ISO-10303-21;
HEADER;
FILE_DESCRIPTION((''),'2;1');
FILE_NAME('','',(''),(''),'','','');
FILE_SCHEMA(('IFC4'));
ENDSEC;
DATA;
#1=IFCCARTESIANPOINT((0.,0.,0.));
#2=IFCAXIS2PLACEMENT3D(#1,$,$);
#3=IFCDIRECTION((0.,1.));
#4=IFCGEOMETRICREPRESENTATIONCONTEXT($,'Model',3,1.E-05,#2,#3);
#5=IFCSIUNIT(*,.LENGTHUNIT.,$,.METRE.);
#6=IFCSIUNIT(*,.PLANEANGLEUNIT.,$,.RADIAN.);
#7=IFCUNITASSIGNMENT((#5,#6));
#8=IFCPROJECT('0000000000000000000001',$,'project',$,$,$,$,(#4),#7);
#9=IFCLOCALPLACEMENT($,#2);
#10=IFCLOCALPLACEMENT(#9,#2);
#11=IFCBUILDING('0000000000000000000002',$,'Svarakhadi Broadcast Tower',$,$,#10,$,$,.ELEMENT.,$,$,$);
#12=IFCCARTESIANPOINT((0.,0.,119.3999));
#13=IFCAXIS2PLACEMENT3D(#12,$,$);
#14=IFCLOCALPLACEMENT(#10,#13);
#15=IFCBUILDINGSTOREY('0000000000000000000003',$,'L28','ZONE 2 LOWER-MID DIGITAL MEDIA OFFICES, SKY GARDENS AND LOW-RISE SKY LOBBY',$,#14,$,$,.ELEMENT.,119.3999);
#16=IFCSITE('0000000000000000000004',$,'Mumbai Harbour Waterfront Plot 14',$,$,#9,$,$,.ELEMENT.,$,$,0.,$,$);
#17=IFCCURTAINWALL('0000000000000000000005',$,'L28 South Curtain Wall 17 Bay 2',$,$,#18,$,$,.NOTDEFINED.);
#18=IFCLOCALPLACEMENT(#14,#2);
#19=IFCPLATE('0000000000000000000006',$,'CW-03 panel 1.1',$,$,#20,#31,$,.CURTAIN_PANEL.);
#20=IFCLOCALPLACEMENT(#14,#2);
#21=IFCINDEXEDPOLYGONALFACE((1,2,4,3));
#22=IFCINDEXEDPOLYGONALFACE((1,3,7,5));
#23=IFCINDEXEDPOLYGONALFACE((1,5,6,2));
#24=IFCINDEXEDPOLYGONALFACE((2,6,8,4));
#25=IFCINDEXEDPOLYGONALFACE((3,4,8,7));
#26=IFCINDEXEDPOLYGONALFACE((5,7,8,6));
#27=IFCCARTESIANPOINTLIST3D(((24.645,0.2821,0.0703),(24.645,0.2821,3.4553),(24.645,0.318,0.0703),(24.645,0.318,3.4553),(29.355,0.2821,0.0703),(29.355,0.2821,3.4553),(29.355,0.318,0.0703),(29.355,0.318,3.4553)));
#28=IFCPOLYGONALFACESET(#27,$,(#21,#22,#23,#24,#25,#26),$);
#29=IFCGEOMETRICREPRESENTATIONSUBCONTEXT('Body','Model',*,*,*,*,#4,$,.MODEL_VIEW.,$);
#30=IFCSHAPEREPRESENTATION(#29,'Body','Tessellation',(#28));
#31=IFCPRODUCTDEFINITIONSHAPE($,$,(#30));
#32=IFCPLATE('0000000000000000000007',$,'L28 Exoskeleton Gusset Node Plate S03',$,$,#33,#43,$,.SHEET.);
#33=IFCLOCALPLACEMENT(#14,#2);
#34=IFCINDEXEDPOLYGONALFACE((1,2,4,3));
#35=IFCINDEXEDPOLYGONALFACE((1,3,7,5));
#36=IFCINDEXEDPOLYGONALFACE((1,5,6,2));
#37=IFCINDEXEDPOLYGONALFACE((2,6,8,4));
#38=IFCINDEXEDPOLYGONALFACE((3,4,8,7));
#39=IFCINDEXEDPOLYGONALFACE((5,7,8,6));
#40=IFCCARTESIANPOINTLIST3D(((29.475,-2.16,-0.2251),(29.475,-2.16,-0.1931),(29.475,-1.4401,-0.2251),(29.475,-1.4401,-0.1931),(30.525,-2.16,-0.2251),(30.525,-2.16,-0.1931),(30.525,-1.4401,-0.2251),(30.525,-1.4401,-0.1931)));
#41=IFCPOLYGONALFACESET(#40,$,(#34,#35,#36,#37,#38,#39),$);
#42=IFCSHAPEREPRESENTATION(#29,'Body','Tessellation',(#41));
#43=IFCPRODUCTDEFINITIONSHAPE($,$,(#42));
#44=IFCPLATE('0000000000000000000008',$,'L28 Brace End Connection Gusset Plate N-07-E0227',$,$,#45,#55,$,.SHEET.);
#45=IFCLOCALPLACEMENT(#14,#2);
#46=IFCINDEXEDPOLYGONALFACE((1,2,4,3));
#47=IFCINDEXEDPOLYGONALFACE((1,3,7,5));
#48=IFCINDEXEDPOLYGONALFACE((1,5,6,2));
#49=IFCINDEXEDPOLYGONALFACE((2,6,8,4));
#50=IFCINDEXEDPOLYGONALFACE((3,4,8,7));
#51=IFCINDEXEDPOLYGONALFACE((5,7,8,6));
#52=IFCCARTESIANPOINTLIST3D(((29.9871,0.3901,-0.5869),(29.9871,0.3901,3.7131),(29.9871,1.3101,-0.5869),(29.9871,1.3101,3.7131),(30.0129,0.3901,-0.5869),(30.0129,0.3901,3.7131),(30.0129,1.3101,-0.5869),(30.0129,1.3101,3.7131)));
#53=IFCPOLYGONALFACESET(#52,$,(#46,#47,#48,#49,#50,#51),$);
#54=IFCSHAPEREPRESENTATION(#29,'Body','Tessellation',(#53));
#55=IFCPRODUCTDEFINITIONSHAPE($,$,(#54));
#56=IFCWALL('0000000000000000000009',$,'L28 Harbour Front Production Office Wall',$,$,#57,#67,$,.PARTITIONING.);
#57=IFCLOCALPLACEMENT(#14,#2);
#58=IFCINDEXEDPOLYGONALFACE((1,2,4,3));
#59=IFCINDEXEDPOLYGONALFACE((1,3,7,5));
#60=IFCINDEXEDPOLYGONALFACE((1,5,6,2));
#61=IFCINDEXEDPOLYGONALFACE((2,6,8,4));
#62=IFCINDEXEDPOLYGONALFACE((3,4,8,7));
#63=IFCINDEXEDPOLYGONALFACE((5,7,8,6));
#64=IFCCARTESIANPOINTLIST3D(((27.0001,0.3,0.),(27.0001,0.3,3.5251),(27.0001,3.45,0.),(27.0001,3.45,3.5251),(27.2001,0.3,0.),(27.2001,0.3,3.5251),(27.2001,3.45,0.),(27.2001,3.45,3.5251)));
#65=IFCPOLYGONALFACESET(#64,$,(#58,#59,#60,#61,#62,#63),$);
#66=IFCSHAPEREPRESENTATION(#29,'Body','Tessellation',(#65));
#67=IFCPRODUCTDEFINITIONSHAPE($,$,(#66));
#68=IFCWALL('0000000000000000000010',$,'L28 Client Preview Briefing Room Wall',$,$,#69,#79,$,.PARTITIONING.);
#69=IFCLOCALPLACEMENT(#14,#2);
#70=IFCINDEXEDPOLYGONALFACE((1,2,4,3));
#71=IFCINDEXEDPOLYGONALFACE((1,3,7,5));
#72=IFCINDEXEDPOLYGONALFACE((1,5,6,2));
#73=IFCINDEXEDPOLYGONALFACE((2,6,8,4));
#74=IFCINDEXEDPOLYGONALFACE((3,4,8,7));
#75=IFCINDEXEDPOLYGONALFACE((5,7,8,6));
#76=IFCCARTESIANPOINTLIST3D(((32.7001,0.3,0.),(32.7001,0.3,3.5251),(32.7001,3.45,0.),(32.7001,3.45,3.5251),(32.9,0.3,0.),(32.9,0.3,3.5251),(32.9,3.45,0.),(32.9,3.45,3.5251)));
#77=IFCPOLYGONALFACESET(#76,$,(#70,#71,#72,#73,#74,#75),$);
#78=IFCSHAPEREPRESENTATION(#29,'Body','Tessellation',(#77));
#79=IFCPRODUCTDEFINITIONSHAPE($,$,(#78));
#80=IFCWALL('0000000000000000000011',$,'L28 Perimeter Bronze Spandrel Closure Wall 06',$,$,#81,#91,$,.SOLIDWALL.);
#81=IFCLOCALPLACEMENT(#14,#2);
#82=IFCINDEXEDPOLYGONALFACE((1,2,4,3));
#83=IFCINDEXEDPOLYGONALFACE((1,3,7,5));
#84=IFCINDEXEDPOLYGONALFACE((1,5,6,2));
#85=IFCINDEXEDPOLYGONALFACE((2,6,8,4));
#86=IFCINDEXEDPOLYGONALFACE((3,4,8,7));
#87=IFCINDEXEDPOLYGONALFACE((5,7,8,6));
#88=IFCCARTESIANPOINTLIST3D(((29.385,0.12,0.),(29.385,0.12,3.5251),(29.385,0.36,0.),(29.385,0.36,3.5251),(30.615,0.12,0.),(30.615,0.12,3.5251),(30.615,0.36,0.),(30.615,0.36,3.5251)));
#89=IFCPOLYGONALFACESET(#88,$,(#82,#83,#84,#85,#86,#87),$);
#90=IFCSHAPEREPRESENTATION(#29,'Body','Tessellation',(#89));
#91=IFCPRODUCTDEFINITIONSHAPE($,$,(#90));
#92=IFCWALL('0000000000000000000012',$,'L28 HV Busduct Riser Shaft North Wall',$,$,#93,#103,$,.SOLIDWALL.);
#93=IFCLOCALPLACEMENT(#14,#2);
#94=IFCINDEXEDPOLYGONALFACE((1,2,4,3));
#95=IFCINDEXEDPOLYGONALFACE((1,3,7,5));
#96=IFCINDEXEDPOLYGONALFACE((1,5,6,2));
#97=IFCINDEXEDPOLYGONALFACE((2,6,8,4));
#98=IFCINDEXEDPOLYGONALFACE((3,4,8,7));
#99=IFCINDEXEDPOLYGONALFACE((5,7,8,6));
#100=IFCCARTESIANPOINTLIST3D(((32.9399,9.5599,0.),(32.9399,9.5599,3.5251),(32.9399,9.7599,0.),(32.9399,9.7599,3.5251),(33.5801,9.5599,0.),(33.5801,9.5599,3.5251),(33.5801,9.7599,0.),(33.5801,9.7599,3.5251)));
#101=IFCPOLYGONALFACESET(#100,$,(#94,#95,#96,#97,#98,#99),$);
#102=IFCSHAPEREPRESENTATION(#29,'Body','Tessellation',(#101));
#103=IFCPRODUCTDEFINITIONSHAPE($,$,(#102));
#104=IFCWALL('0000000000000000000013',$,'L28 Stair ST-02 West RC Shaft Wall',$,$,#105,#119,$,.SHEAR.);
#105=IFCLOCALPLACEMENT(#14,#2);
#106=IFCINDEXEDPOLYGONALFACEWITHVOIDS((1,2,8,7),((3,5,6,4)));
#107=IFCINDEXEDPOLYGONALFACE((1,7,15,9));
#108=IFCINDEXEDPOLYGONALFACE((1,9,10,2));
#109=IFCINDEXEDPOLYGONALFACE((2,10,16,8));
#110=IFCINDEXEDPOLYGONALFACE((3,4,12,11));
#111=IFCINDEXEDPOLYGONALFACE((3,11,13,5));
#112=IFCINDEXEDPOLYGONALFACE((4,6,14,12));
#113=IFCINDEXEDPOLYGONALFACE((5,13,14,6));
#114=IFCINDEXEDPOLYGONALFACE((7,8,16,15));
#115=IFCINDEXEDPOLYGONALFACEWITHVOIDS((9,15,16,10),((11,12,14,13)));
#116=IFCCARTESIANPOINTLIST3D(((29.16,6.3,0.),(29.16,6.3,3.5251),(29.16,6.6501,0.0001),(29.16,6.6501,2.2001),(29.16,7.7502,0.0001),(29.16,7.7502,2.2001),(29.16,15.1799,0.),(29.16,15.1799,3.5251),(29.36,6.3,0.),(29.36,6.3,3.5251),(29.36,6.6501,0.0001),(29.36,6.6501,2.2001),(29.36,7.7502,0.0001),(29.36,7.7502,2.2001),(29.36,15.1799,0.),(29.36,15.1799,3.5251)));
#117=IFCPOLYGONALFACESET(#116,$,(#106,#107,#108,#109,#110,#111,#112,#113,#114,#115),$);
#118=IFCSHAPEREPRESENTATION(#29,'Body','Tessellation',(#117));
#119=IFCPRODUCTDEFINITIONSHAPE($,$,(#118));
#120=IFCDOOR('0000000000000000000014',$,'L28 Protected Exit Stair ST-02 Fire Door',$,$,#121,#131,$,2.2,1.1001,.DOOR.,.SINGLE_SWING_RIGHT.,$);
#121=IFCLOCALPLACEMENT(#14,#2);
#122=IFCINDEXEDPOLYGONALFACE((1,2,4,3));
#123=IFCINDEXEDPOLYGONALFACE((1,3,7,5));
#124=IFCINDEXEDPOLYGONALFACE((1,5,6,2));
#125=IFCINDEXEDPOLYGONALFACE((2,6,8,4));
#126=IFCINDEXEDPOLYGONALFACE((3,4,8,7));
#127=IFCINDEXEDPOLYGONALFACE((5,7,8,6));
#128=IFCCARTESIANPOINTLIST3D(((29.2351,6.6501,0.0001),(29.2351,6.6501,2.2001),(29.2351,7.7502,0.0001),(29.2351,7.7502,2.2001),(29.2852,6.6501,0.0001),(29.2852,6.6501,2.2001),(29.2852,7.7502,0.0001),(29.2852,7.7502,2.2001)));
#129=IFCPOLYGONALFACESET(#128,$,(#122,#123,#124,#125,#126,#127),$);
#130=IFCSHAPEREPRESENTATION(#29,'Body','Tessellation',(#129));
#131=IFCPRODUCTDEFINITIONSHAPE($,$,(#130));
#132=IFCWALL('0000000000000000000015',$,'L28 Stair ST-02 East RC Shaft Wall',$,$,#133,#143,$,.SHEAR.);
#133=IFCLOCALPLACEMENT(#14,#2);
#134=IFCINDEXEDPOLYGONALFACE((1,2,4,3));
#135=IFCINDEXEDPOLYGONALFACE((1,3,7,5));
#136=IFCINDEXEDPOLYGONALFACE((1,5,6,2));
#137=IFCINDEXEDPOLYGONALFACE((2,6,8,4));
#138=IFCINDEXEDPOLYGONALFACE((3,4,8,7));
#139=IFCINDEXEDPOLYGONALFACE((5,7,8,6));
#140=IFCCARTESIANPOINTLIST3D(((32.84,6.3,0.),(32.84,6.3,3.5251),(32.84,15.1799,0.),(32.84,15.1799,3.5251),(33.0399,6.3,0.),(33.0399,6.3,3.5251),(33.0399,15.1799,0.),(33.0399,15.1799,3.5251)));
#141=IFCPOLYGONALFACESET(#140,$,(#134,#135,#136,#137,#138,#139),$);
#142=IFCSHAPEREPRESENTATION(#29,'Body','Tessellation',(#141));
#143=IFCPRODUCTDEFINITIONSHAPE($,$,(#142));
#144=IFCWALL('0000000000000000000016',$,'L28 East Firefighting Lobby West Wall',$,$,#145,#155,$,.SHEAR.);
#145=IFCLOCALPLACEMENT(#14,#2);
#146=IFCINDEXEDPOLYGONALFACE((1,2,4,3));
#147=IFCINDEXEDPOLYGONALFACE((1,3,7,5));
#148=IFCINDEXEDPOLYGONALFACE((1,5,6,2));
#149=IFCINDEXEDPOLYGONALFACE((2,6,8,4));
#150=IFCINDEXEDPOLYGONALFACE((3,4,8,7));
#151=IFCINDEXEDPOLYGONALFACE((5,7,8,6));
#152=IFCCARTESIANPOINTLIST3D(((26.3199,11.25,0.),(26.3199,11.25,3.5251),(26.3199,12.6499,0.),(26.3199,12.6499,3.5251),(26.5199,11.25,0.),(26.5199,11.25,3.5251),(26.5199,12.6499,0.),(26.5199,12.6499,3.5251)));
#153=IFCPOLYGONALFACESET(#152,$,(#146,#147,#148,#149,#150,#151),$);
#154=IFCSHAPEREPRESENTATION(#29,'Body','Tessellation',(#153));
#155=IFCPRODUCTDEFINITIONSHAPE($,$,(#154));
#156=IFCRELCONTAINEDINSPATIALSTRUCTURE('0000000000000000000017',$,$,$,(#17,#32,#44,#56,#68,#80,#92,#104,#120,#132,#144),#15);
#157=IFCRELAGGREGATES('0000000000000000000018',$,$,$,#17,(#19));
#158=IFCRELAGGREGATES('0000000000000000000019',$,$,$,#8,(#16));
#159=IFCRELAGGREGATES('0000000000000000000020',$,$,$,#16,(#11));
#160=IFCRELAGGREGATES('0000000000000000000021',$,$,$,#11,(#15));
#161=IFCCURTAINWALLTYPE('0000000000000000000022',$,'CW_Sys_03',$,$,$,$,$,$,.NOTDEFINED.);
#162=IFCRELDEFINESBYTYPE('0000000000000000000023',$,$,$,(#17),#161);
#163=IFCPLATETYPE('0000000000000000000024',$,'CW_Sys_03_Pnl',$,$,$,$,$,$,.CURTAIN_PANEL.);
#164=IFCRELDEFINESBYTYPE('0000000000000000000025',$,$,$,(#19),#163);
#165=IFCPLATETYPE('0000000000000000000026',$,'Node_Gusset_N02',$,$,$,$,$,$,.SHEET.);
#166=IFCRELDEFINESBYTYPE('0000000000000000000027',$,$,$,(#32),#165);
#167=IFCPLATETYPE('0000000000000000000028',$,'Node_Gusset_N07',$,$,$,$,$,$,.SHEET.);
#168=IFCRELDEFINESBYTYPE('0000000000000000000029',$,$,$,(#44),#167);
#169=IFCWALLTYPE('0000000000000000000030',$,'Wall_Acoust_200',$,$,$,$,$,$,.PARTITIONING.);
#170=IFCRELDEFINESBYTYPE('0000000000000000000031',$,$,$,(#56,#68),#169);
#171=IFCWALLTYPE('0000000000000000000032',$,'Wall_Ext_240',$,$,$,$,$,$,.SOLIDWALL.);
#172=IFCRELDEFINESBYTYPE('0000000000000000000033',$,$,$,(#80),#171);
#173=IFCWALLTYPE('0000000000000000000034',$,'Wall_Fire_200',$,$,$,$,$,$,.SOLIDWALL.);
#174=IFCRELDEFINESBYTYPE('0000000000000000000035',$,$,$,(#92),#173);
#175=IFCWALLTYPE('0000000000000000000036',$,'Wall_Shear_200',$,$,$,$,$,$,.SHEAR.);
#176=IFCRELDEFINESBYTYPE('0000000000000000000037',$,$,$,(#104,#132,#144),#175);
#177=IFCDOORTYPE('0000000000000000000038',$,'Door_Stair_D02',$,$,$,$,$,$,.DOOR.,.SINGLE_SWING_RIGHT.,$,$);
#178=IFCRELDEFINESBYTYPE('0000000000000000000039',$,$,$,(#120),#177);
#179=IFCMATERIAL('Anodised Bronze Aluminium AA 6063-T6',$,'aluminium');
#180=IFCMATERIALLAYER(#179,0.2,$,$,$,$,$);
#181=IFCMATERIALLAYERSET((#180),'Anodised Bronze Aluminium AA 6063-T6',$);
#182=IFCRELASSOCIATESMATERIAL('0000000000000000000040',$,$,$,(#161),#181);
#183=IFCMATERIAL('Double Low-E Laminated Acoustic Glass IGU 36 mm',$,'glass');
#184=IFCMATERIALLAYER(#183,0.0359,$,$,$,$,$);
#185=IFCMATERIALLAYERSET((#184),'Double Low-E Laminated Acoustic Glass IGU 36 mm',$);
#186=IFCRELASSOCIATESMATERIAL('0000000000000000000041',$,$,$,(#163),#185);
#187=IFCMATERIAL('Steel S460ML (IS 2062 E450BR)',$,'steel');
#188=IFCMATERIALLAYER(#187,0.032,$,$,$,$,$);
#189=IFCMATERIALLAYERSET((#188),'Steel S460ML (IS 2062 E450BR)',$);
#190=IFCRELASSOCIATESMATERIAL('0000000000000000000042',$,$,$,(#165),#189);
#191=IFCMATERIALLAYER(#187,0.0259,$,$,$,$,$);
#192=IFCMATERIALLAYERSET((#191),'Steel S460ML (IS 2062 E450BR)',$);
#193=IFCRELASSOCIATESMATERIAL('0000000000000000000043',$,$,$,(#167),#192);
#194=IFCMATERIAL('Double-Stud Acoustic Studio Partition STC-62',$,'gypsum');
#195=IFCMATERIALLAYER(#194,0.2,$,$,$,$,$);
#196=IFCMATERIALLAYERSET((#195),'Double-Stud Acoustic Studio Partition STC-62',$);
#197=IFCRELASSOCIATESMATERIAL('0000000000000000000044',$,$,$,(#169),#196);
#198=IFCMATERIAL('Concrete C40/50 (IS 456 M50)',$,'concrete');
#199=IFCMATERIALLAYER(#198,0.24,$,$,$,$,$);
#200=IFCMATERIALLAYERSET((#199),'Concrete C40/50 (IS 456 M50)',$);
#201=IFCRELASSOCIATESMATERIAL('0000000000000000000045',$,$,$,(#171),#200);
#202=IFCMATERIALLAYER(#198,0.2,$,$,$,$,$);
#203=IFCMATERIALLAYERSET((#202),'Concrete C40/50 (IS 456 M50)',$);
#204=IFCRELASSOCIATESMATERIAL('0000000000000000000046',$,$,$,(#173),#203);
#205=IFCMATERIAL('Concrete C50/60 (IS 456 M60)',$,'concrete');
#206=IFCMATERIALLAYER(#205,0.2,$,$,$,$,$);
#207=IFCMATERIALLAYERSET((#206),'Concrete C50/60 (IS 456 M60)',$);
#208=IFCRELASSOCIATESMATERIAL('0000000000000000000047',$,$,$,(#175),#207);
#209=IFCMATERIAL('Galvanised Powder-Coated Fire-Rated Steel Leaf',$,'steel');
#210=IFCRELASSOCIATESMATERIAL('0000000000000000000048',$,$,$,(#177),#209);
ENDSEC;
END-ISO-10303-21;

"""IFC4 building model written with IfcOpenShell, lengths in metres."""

from ifc_helpers import new_model, si_unit, direction, frame, frame_2d, origin, origin_2d, place, context, subcontext, project, spatial, rectangle, extrude, material, layer, layer_set, type_object, element, fill, aggregate, save


model = new_model("IFC4")

# Units and contexts
model_context = context("Model", 3, precision=1e-05, world=origin(), true_north=direction((0.0, 1.0)))
body_context = subcontext(model_context, "Body", "Model", "MODEL_VIEW")
ifc_project = project(units=[si_unit("LENGTHUNIT", "METRE"), si_unit("PLANEANGLEUNIT", "RADIAN")], contexts=[model_context])

# Site, building, storey
site_placement = place(None, origin())
site = spatial("IfcSite", under=ifc_project, at=site_placement, Name="Mumbai Harbour Waterfront Plot 14", CompositionType="ELEMENT", RefElevation=0.0)
building_placement = place(site_placement, origin())
building = spatial("IfcBuilding", under=site, at=building_placement, Name="Svarakhadi Broadcast Tower", CompositionType="ELEMENT")
storey_placement = place(building_placement, frame((0.0, 0.0, 119.3999)))
storey = spatial("IfcBuildingStorey", under=building, at=storey_placement, Name="L28", Description="ZONE 2 LOWER-MID DIGITAL MEDIA OFFICES, SKY GARDENS AND LOW-RISE SKY LOBBY", CompositionType="ELEMENT", Elevation=119.3999)

# Shared definitions
ifc_material_1 = material(Name="Concrete C50/60 (IS 456 M60)", Category="concrete")

# Shared definitions
ifc_material_2 = material(Name="Anodised Bronze Aluminium AA 6063-T6", Category="aluminium")
ifc_layer_1 = layer(ifc_material_2, 0.2)
ifc_layer_set_1 = layer_set([ifc_layer_1], Name="Anodised Bronze Aluminium AA 6063-T6")
curtain_wall_type = type_object("IfcCurtainWallType", Name="CW_Sys_03", PredefinedType="NOTDEFINED", material=ifc_layer_set_1)

# Curtain wall
curtain_wall_1_placement = place(storey_placement, origin())
curtain_wall_1 = element("IfcCurtainWall", 1, at=curtain_wall_1_placement, inside=storey, type_object=curtain_wall_type, Name="L28 South Curtain Wall 17 Bay 2", PredefinedType="NOTDEFINED")

# Shared definitions
ifc_material_3 = material(Name="Steel S460ML (IS 2062 E450BR)", Category="steel")

# Plate
ifc_material_4 = material(Name="Double Low-E Laminated Acoustic Glass IGU 36 mm", Category="glass")
ifc_layer_2 = layer(ifc_material_4, 0.0359)
ifc_layer_set_2 = layer_set([ifc_layer_2], Name="Double Low-E Laminated Acoustic Glass IGU 36 mm")
plate_type_1 = type_object("IfcPlateType", Name="CW_Sys_03_Pnl", PredefinedType="CURTAIN_PANEL", material=ifc_layer_set_2)
plate_1_placement = place(storey_placement, frame((27.0, 0.3, 0.0703), z_axis=(0.0, 0.0, 1.0), x_axis=(-1.0, 0.0, 0.0)))
plate_1 = element("IfcPlate", 2, at=plate_1_placement, type_object=plate_type_1, Name="CW-03 panel 1.1", PredefinedType="CURTAIN_PANEL", context=body_context, shape_type="SweptSolid", body=[
    extrude(rectangle(XDim=4.71, YDim=0.0359, at=origin_2d()), origin(), (0.0, 0.0, 1.0), 3.385),
])
aggregate(curtain_wall_1, [plate_1])

# Plates
ifc_layer_3 = layer(ifc_material_3, 0.032)
ifc_layer_set_3 = layer_set([ifc_layer_3], Name="Steel S460ML (IS 2062 E450BR)")
plate_type_2 = type_object("IfcPlateType", Name="Node_Gusset_N02", PredefinedType="SHEET", material=ifc_layer_set_3)
plate_2_placement = place(storey_placement, frame((30.0, -1.8, -0.2251), z_axis=(0.0, 0.0, 1.0), x_axis=(1.0, 0.0, 0.0)))
element("IfcPlate", 3, at=plate_2_placement, inside=storey, type_object=plate_type_2, Name="L28 Exoskeleton Gusset Node Plate S03", PredefinedType="SHEET", context=body_context, shape_type="SweptSolid", body=[
    extrude(rectangle(XDim=1.05, YDim=0.72, at=origin_2d()), origin(), (0.0, 0.0, 1.0), 0.032),
])
ifc_layer_4 = layer(ifc_material_3, 0.0259)
ifc_layer_set_4 = layer_set([ifc_layer_4], Name="Steel S460ML (IS 2062 E450BR)")
plate_type_3 = type_object("IfcPlateType", Name="Node_Gusset_N07", PredefinedType="SHEET", material=ifc_layer_set_4)
plate_3_placement = place(storey_placement, frame((30.0, 0.8501, -0.5869), z_axis=(0.0, 0.0, 1.0), x_axis=(0.0, 1.0, 0.0)))
element("IfcPlate", 4, at=plate_3_placement, inside=storey, type_object=plate_type_3, Name="L28 Brace End Connection Gusset Plate N-07-E0227", PredefinedType="SHEET", context=body_context, shape_type="SweptSolid", body=[
    extrude(rectangle(XDim=0.9199, YDim=0.0259, at=origin_2d()), origin(), (0.0, 0.0, 1.0), 4.3),
])

# Walls
ifc_material_5 = material(Name="Double-Stud Acoustic Studio Partition STC-62", Category="gypsum")
ifc_layer_5 = layer(ifc_material_5, 0.2)
ifc_layer_set_5 = layer_set([ifc_layer_5], Name="Double-Stud Acoustic Studio Partition STC-62")
wall_type_1 = type_object("IfcWallType", Name="Wall_Acoust_200", PredefinedType="PARTITIONING", material=ifc_layer_set_5)
for number, where, z_axis, x_axis, name in (
    (5, (27.1001, 0.3, 0.0), (0.0, 0.0, 1.0), (0.0, 1.0, 0.0), "L28 Harbour Front Production Office Wall"),
    (6, (32.8, 0.3, 0.0), (0.0, 0.0, 1.0), (0.0, 1.0, 0.0), "L28 Client Preview Briefing Room Wall"),
):
    element("IfcWall", number, at=place(storey_placement, frame(where, z_axis=z_axis, x_axis=x_axis)), inside=storey, type_object=wall_type_1, Name=name, PredefinedType="PARTITIONING", context=body_context, shape_type="SweptSolid", body=[
        extrude(rectangle(XDim=3.1499, YDim=0.2, at=frame_2d((1.575, 0.0))), origin(), (0.0, 0.0, 1.0), 3.5251),
    ])
ifc_material_6 = material(Name="Concrete C40/50 (IS 456 M50)", Category="concrete")
ifc_layer_6 = layer(ifc_material_6, 0.24)
ifc_layer_set_6 = layer_set([ifc_layer_6], Name="Concrete C40/50 (IS 456 M50)")
wall_type_2 = type_object("IfcWallType", Name="Wall_Ext_240", PredefinedType="SOLIDWALL", material=ifc_layer_set_6)
wall_1_placement = place(storey_placement, frame((30.615, 0.24, 0.0), z_axis=(0.0, 0.0, 1.0), x_axis=(-1.0, 0.0, 0.0)))
element("IfcWall", 7, at=wall_1_placement, inside=storey, type_object=wall_type_2, Name="L28 Perimeter Bronze Spandrel Closure Wall 06", PredefinedType="SOLIDWALL", context=body_context, shape_type="SweptSolid", body=[
    extrude(rectangle(XDim=1.23, YDim=0.24, at=frame_2d((0.615, 0.0))), origin(), (0.0, 0.0, 1.0), 3.5251),
])
ifc_layer_7 = layer(ifc_material_6, 0.2)
ifc_layer_set_7 = layer_set([ifc_layer_7], Name="Concrete C40/50 (IS 456 M50)")
wall_type_3 = type_object("IfcWallType", Name="Wall_Fire_200", PredefinedType="SOLIDWALL", material=ifc_layer_set_7)
wall_2_placement = place(storey_placement, frame((32.9399, 9.6599, 0.0), z_axis=(0.0, 0.0, 1.0), x_axis=(1.0, 0.0, 0.0)))
element("IfcWall", 8, at=wall_2_placement, inside=storey, type_object=wall_type_3, Name="L28 HV Busduct Riser Shaft North Wall", PredefinedType="SOLIDWALL", context=body_context, shape_type="SweptSolid", body=[
    extrude(rectangle(XDim=0.6401, YDim=0.2, at=frame_2d((0.3201, 0.0))), origin(), (0.0, 0.0, 1.0), 3.5251),
])

# Wall, opening, door
ifc_layer_8 = layer(ifc_material_1, 0.2)
ifc_layer_set_8 = layer_set([ifc_layer_8], Name="Concrete C50/60 (IS 456 M60)")
wall_type_4 = type_object("IfcWallType", Name="Wall_Shear_200", PredefinedType="SHEAR", material=ifc_layer_set_8)
wall_3_placement = place(storey_placement, frame((29.26, 6.3, 0.0), z_axis=(0.0, 0.0, 1.0), x_axis=(0.0, 1.0, 0.0)))
wall_3 = element("IfcWall", 9, at=wall_3_placement, inside=storey, type_object=wall_type_4, Name="L28 Stair ST-02 West RC Shaft Wall", PredefinedType="SHEAR", context=body_context, shape_type="SweptSolid", body=[
    extrude(rectangle(XDim=8.8799, YDim=0.2, at=frame_2d((4.4399, 0.0))), origin(), (0.0, 0.0, 1.0), 3.5251),
])
opening_placement = place(wall_3_placement, frame((0.3501, 0.0, 0.0)))
opening = element("IfcOpeningElement", 10, at=opening_placement, cuts=wall_3, PredefinedType="OPENING", context=body_context, shape_type="SweptSolid", body=[
    extrude(rectangle(XDim=1.1001, YDim=2.2, at=frame_2d((0.55, 1.1001))), frame((0.0, 0.1099, 0.0), z_axis=(0.0, -1.0, 0.0), x_axis=(1.0, 0.0, 0.0)), (0.0, 0.0, 1.0), 0.22),
])
ifc_material_7 = material(Name="Galvanised Powder-Coated Fire-Rated Steel Leaf", Category="steel")
door_type = type_object("IfcDoorType", Name="Door_Stair_D02", OperationType="SINGLE_SWING_RIGHT", PredefinedType="DOOR", material=ifc_material_7)
door_placement = place(opening_placement, origin())
door = element("IfcDoor", 11, at=door_placement, inside=storey, type_object=door_type, Name="L28 Protected Exit Stair ST-02 Fire Door", OperationType="SINGLE_SWING_RIGHT", OverallHeight=2.2, OverallWidth=1.1001, PredefinedType="DOOR", context=body_context, shape_type="SweptSolid", body=[
    extrude(rectangle(XDim=1.1001, YDim=2.2, at=frame_2d((0.55, 1.1001))), frame((0.0, 0.0249, 0.0), z_axis=(0.0, -1.0, 0.0), x_axis=(1.0, 0.0, 0.0)), (0.0, 0.0, 1.0), 0.05),
])
fill(opening, door)

# Walls
wall_4_placement = place(storey_placement, frame((32.9399, 6.3, 0.0), z_axis=(0.0, 0.0, 1.0), x_axis=(0.0, 1.0, 0.0)))
element("IfcWall", 12, at=wall_4_placement, inside=storey, type_object=wall_type_4, Name="L28 Stair ST-02 East RC Shaft Wall", PredefinedType="SHEAR", context=body_context, shape_type="SweptSolid", body=[
    extrude(rectangle(XDim=8.8799, YDim=0.2, at=frame_2d((4.4399, 0.0))), origin(), (0.0, 0.0, 1.0), 3.5251),
])
wall_5_placement = place(storey_placement, frame((26.4199, 11.25, 0.0), z_axis=(0.0, 0.0, 1.0), x_axis=(0.0, 1.0, 0.0)))
element("IfcWall", 13, at=wall_5_placement, inside=storey, type_object=wall_type_4, Name="L28 East Firefighting Lobby West Wall", PredefinedType="SHEAR", context=body_context, shape_type="SweptSolid", body=[
    extrude(rectangle(XDim=1.3999, YDim=0.2, at=frame_2d((0.7, 0.0))), origin(), (0.0, 0.0, 1.0), 3.5251),
])

save(model, "model.ifc")
